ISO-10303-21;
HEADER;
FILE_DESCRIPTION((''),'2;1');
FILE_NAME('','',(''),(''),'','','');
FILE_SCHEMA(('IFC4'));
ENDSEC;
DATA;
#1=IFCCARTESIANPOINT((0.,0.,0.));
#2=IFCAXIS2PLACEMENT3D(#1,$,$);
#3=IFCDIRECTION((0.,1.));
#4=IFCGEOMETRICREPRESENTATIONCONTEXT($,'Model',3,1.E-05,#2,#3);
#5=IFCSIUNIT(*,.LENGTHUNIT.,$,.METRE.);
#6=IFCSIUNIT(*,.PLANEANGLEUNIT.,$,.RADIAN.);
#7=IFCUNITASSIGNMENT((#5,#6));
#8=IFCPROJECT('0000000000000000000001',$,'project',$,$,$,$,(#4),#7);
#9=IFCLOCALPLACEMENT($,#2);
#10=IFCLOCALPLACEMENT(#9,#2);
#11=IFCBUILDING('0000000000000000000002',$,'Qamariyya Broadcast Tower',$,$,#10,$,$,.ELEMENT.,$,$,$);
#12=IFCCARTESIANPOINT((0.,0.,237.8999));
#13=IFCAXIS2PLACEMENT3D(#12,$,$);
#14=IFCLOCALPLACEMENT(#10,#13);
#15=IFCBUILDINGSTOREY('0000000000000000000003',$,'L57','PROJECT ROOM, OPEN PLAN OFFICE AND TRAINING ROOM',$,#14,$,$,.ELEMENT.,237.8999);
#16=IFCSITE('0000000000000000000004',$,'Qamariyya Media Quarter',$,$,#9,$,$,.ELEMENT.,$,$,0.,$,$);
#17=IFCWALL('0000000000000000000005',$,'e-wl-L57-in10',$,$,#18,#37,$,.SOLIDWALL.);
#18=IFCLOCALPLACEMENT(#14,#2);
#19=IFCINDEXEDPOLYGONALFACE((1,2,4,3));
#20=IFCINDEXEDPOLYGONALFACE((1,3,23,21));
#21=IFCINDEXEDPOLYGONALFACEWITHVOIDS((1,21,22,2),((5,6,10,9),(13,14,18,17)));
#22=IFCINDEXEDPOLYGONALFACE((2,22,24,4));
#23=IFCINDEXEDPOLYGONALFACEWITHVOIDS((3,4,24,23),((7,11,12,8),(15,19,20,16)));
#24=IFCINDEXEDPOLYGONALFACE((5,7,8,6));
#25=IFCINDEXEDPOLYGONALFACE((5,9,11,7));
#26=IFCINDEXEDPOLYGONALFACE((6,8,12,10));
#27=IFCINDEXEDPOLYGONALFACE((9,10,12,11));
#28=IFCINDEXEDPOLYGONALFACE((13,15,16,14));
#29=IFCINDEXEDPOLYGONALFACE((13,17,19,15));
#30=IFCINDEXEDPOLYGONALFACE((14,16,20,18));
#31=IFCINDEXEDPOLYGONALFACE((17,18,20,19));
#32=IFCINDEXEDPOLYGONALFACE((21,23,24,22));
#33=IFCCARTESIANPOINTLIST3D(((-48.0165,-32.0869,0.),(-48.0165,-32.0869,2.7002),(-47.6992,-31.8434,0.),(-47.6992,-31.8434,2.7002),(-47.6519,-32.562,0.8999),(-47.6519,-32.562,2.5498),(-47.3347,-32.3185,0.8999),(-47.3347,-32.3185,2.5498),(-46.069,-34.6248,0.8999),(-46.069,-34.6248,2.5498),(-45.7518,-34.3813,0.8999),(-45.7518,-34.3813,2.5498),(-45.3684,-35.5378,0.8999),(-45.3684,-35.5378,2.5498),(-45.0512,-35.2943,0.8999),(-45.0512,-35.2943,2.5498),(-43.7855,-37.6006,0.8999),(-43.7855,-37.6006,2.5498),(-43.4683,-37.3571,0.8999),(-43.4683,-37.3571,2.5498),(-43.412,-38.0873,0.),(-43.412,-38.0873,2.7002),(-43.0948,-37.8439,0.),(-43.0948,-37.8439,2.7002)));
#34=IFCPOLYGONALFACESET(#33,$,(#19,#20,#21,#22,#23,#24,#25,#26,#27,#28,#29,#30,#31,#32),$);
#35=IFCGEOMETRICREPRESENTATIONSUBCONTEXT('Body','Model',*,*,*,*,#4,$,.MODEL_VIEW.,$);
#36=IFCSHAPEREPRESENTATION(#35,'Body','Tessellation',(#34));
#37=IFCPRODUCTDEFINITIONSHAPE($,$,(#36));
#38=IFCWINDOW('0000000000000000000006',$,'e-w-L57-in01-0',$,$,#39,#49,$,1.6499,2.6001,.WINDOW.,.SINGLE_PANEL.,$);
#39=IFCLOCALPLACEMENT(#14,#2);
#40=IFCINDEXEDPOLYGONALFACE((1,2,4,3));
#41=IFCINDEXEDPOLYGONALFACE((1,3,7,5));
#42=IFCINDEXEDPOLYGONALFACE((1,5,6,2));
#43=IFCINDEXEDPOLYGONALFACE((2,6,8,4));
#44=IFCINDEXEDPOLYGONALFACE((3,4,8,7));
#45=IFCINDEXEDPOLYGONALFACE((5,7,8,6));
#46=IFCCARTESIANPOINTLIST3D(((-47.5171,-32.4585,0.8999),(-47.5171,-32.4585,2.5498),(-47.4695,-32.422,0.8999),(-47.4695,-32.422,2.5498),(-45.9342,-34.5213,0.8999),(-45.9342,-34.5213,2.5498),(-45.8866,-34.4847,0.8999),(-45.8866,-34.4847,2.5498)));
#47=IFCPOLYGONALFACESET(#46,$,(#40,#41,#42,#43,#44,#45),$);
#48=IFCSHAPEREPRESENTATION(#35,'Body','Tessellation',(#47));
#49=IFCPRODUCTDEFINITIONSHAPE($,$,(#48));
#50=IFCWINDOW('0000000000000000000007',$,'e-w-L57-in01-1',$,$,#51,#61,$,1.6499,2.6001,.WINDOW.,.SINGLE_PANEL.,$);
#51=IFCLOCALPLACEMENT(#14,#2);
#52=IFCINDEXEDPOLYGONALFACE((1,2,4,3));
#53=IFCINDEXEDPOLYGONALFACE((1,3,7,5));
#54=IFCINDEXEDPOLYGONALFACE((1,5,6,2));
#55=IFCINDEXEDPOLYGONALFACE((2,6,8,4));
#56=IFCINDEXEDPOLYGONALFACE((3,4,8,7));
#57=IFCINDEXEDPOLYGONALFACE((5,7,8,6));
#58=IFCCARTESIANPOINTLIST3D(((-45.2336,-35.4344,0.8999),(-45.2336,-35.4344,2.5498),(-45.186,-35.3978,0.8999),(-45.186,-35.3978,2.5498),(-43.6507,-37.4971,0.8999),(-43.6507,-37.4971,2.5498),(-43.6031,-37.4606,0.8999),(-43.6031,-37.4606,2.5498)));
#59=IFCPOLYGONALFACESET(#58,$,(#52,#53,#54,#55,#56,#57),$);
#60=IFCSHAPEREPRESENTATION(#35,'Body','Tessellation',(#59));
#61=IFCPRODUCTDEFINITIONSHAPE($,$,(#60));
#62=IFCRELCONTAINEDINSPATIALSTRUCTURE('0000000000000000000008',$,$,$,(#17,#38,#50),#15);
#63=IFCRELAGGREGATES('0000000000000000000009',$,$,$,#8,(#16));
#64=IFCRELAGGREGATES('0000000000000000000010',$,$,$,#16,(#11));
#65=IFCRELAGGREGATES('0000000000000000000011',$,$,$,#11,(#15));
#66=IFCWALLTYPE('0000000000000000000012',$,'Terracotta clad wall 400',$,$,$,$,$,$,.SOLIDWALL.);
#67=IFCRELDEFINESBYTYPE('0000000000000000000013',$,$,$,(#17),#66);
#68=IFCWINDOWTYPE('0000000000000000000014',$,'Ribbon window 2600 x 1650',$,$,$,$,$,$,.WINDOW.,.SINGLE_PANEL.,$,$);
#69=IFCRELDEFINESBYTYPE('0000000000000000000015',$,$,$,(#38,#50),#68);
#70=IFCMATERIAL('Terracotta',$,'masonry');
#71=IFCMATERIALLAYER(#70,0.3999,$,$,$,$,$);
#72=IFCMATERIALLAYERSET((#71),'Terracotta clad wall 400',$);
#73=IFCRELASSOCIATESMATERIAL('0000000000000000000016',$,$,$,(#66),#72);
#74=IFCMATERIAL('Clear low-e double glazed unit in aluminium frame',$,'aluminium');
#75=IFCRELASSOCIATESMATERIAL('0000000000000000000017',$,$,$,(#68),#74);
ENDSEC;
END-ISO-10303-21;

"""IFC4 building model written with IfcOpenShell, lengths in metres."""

from ifc_helpers import new_model, si_unit, direction, frame, frame_2d, origin, place, context, subcontext, project, spatial, rectangle, extrude, material, layer, layer_set, type_object, element, fill, save


model = new_model("IFC4")

# Units and contexts
model_context = context("Model", 3, precision=1e-05, world=origin(), true_north=direction((0.0, 1.0)))
body_context = subcontext(model_context, "Body", "Model", "MODEL_VIEW")
ifc_project = project(units=[si_unit("LENGTHUNIT", "METRE"), si_unit("PLANEANGLEUNIT", "RADIAN")], contexts=[model_context])

# Site, building, storey
site_placement = place(None, origin())
site = spatial("IfcSite", under=ifc_project, at=site_placement, Name="Qamariyya Media Quarter", CompositionType="ELEMENT", RefElevation=0.0)
building_placement = place(site_placement, origin())
building = spatial("IfcBuilding", under=site, at=building_placement, Name="Qamariyya Broadcast Tower", CompositionType="ELEMENT")
storey_placement = place(building_placement, frame((0.0, 0.0, 237.8999)))
storey = spatial("IfcBuildingStorey", under=building, at=storey_placement, Name="L57", Description="PROJECT ROOM, OPEN PLAN OFFICE AND TRAINING ROOM", CompositionType="ELEMENT", Elevation=237.8999)

# Shared definitions
ifc_material_1 = material(Name="Terracotta", Category="masonry")
ifc_layer = layer(ifc_material_1, 0.3999)
ifc_layer_set = layer_set([ifc_layer], Name="Terracotta clad wall 400")
wall_type = type_object("IfcWallType", Name="Terracotta clad wall 400", PredefinedType="SOLIDWALL", material=ifc_layer_set)
ifc_material_2 = material(Name="Clear low-e double glazed unit in aluminium frame", Category="aluminium")

# Wall, openings, windows
wall_1_placement = place(storey_placement, frame((-43.2534, -37.9656, 0.0), z_axis=(0.0, 0.0, 1.0), x_axis=(-0.608774, 0.793343, 0.0)))
wall_1 = element("IfcWall", 1, at=wall_1_placement, inside=storey, type_object=wall_type, Name="e-wl-L57-in10", PredefinedType="SOLIDWALL", context=body_context, shape_type="SweptSolid", body=[
    extrude(rectangle(XDim=7.5635, YDim=0.3999, at=frame_2d((3.7817, 0.0))), origin(), (0.0, 0.0, 1.0), 2.7002),
])
opening_1_placement = place(wall_1_placement, frame((4.3645, 0.0, 0.8999)))
opening_1 = element("IfcOpeningElement", 2, at=opening_1_placement, cuts=wall_1, PredefinedType="OPENING", context=body_context, shape_type="SweptSolid", body=[
    extrude(rectangle(XDim=2.6001, YDim=1.6499, at=frame_2d((1.3, 0.825))), frame((0.0, 0.21, 0.0), z_axis=(0.0, -1.0, 0.0), x_axis=(1.0, 0.0, 0.0)), (0.0, 0.0, 1.0), 0.4199),
])
opening_2_placement = place(wall_1_placement, frame((0.6135, 0.0, 0.8999)))
opening_2 = element("IfcOpeningElement", 3, at=opening_2_placement, cuts=wall_1, PredefinedType="OPENING", context=body_context, shape_type="SweptSolid", body=[
    extrude(rectangle(XDim=2.6001, YDim=1.6499, at=frame_2d((1.3, 0.825))), frame((0.0, 0.21, 0.0), z_axis=(0.0, -1.0, 0.0), x_axis=(1.0, 0.0, 0.0)), (0.0, 0.0, 1.0), 0.4199),
])
window_type_1 = type_object("IfcWindowType", Name="Ribbon window 2600 x 1650", PartitioningType="SINGLE_PANEL", PredefinedType="WINDOW", material=ifc_material_2)
window_1_placement = place(opening_1_placement, origin())
window_1 = element("IfcWindow", 4, at=window_1_placement, inside=storey, type_object=window_type_1, Name="e-w-L57-in01-0", OverallHeight=1.6499, OverallWidth=2.6001, PartitioningType="SINGLE_PANEL", PredefinedType="WINDOW", context=body_context, shape_type="SweptSolid", body=[
    extrude(rectangle(XDim=2.6001, YDim=1.6499, at=frame_2d((1.3, 0.825))), frame((0.0, 0.03, 0.0), z_axis=(0.0, -1.0, 0.0), x_axis=(1.0, 0.0, 0.0)), (0.0, 0.0, 1.0), 0.0601),
])
fill(opening_1, window_1)
window_2_placement = place(opening_2_placement, origin())
window_2 = element("IfcWindow", 5, at=window_2_placement, inside=storey, type_object=window_type_1, Name="e-w-L57-in01-1", OverallHeight=1.6499, OverallWidth=2.6001, PartitioningType="SINGLE_PANEL", PredefinedType="WINDOW", context=body_context, shape_type="SweptSolid", body=[
    extrude(rectangle(XDim=2.6001, YDim=1.6499, at=frame_2d((1.3, 0.825))), frame((0.0, 0.03, 0.0), z_axis=(0.0, -1.0, 0.0), x_axis=(1.0, 0.0, 0.0)), (0.0, 0.0, 1.0), 0.0601),
])
fill(opening_2, window_2)

save(model, "model.ifc")
